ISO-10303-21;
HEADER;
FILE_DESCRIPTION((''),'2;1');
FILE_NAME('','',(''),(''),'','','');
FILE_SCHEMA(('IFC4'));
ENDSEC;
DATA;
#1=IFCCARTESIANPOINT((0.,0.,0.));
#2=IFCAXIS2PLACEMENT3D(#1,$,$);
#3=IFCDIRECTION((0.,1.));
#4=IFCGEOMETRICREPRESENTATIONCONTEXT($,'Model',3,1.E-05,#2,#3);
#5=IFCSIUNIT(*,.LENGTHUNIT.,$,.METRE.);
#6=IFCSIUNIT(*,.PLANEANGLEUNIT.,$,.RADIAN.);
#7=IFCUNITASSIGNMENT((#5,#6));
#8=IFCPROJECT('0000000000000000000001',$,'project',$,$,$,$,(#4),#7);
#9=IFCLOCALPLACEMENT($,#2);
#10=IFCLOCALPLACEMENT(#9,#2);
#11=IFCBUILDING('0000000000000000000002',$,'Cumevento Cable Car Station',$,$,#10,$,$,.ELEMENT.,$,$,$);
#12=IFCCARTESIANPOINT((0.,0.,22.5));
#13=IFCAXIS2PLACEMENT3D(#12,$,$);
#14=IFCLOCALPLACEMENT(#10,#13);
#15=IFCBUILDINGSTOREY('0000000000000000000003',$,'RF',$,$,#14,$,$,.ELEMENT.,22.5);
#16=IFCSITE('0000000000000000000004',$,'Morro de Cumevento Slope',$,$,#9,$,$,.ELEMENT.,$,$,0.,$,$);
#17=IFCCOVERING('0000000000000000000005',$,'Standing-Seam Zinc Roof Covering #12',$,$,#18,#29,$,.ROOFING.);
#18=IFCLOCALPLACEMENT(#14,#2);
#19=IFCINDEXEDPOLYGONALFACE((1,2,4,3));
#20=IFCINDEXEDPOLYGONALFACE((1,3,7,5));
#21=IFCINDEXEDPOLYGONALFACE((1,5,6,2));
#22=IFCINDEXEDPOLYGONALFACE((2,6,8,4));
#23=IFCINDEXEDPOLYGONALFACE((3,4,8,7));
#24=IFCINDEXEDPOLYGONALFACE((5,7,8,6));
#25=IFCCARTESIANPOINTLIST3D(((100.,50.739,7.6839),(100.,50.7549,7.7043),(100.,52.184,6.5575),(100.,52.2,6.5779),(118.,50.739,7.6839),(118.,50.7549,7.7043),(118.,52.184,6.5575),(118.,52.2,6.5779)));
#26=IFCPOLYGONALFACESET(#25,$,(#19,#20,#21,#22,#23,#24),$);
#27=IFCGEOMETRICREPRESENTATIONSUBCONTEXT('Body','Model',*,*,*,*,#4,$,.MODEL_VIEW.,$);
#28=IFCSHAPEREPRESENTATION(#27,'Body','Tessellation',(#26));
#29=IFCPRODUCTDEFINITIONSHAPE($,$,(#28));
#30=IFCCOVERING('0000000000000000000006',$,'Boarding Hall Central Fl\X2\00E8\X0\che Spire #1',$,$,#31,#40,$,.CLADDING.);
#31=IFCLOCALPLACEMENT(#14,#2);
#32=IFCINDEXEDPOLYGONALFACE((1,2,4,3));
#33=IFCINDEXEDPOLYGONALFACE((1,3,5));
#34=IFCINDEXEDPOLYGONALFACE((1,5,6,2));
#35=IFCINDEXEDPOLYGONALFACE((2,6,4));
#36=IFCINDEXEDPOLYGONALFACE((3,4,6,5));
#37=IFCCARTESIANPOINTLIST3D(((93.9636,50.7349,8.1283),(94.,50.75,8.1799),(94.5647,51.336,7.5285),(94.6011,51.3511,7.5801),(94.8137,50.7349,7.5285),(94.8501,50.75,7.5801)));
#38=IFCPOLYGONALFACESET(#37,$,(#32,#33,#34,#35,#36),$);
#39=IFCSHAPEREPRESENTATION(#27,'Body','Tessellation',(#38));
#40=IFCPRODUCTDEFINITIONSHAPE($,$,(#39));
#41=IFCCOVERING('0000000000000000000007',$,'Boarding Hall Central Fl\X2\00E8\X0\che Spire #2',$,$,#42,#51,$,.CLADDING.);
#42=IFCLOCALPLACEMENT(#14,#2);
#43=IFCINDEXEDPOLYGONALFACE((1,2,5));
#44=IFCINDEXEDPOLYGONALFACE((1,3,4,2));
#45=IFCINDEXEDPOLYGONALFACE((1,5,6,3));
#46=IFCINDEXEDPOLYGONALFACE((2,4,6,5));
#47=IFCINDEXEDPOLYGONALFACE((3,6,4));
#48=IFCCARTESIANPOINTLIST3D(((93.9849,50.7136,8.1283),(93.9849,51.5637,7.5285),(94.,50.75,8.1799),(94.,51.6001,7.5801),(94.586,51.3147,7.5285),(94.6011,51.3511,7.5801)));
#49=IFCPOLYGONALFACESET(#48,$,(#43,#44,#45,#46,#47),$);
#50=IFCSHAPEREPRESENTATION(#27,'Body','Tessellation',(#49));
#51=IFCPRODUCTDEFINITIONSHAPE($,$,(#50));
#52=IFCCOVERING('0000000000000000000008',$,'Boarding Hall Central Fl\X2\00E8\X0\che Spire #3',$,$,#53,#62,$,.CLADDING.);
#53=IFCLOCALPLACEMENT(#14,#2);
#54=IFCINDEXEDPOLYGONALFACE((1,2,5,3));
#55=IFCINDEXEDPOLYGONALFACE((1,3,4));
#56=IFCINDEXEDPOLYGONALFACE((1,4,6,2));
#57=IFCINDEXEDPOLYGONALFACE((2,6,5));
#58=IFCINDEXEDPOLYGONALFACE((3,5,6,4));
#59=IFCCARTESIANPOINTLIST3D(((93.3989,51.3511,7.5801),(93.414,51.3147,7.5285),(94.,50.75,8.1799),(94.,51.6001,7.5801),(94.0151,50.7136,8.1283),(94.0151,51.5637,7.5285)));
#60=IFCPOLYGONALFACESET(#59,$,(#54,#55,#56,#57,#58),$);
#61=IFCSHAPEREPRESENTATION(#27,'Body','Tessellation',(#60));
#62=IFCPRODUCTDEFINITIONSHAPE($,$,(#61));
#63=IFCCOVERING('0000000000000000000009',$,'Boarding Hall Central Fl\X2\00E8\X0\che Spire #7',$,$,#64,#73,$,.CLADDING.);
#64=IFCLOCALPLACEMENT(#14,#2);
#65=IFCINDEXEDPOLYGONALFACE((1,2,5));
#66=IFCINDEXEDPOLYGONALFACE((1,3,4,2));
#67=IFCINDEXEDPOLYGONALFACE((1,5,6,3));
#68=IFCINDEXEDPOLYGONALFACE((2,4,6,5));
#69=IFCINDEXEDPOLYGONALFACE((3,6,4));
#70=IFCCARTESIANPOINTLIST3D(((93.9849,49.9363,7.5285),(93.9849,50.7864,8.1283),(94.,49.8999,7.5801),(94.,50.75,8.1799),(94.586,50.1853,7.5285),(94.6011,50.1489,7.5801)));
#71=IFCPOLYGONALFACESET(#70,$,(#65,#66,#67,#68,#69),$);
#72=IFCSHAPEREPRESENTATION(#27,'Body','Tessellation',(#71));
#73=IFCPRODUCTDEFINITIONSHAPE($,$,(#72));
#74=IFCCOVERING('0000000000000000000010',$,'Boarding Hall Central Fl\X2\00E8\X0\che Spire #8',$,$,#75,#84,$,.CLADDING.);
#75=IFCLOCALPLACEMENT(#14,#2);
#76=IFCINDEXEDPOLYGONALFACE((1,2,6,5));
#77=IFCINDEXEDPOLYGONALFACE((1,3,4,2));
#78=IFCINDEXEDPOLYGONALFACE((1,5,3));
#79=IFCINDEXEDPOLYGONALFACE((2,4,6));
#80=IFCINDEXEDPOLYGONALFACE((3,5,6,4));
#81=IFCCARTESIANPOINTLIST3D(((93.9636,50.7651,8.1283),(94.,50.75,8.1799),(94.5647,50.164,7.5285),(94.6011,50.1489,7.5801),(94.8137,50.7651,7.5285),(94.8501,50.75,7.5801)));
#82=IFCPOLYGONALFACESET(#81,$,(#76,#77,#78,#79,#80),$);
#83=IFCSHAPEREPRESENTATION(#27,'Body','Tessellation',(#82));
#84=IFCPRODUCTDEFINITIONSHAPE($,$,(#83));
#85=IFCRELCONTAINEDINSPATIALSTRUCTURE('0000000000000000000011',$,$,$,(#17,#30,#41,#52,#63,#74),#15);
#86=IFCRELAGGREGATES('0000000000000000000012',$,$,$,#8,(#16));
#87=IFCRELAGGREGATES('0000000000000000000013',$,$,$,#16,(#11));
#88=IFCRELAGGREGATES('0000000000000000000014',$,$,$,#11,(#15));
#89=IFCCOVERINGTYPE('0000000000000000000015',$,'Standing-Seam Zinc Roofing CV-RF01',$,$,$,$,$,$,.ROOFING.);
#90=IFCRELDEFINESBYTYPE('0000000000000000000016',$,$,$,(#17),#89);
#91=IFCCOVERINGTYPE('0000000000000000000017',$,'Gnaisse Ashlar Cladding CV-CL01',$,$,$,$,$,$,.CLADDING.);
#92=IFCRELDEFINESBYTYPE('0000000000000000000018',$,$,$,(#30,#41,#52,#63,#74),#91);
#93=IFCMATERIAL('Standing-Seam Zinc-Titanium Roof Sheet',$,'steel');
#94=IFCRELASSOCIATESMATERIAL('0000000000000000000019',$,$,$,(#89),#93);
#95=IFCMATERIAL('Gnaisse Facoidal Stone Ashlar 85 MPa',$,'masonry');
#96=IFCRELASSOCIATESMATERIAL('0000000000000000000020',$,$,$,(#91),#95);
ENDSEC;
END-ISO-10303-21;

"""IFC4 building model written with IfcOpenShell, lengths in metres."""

from ifc_helpers import new_model, si_unit, direction, frame, origin, place, context, subcontext, project, spatial, polyline, outline, extrude, material, type_object, element, save


model = new_model("IFC4")

# Units and contexts
model_context = context("Model", 3, precision=1e-05, world=origin(), true_north=direction((0.0, 1.0)))
body_context = subcontext(model_context, "Body", "Model", "MODEL_VIEW")
ifc_project = project(units=[si_unit("LENGTHUNIT", "METRE"), si_unit("PLANEANGLEUNIT", "RADIAN")], contexts=[model_context])

# Site, building, storey
site_placement = place(None, origin())
site = spatial("IfcSite", under=ifc_project, at=site_placement, Name="Morro de Cumevento Slope", CompositionType="ELEMENT", RefElevation=0.0)
building_placement = place(site_placement, origin())
building = spatial("IfcBuilding", under=site, at=building_placement, Name="Cumevento Cable Car Station", CompositionType="ELEMENT")
storey_placement = place(building_placement, frame((0.0, 0.0, 22.5)))
storey = spatial("IfcBuildingStorey", under=building, at=storey_placement, Name="RF", CompositionType="ELEMENT", Elevation=22.5)

# Coverings
ifc_material_1 = material(Name="Standing-Seam Zinc-Titanium Roof Sheet", Category="steel")
covering_type_1 = type_object("IfcCoveringType", Name="Standing-Seam Zinc Roofing CV-RF01", PredefinedType="ROOFING", material=ifc_material_1)
covering_1_placement = place(storey_placement, frame((100.0, 50.7549, 7.7043), z_axis=(0.0, 0.614798, 0.788684), x_axis=(1.0, 0.0, 0.0)))
element("IfcCovering", 1, at=covering_1_placement, inside=storey, type_object=covering_type_1, Name="Standing-Seam Zinc Roof Covering #12", PredefinedType="ROOFING", context=body_context, shape_type="SweptSolid", body=[
    extrude(outline(polyline([(0.0, 0.0), (18.0, 0.0), (18.0, 1.8323), (0.0, 1.8323), (0.0, 0.0)])), origin(), (0.0, 0.0, -1.0), 0.0259),
])
ifc_material_2 = material(Name="Gnaisse Facoidal Stone Ashlar 85 MPa", Category="masonry")
covering_type_2 = type_object("IfcCoveringType", Name="Gnaisse Ashlar Cladding CV-CL01", PredefinedType="CLADDING", material=ifc_material_2)
covering_2_placement = place(storey_placement, frame((94.8501, 50.75, 7.5801), z_axis=(0.56077, 0.232325, 0.794709), x_axis=(-0.382749, 0.923852, 0.0)))
element("IfcCovering", 2, at=covering_2_placement, inside=storey, type_object=covering_type_2, Name="Boarding Hall Central Flèche Spire #1", PredefinedType="CLADDING", context=body_context, shape_type="SweptSolid", body=[
    extrude(outline(polyline([(0.0, 0.0), (0.6506, 0.0), (0.3254, 0.9882), (0.0, 0.0)])), origin(), (0.0, 0.0, -1.0), 0.0649),
])
covering_3_placement = place(storey_placement, frame((94.6011, 51.3511, 7.5801), z_axis=(0.232325, 0.56077, 0.794709), x_axis=(-0.923852, 0.382749, 0.0)))
element("IfcCovering", 3, at=covering_3_placement, inside=storey, type_object=covering_type_2, Name="Boarding Hall Central Flèche Spire #2", PredefinedType="CLADDING", context=body_context, shape_type="SweptSolid", body=[
    extrude(outline(polyline([(0.0, 0.0), (0.6506, 0.0), (0.3252, 0.9882), (0.0, 0.0)])), origin(), (0.0, 0.0, -1.0), 0.0649),
])
for number, where, z_axis, x_axis, name in (
    (4, (94.0, 51.6001, 7.5801), (-0.232325, 0.56077, 0.794709), (-0.923852, -0.382749, 0.0), "Boarding Hall Central Flèche Spire #3"),
    (5, (94.0, 49.8999, 7.5801), (0.232325, -0.56077, 0.794709), (0.923852, 0.382749, 0.0), "Boarding Hall Central Flèche Spire #7"),
):
    element("IfcCovering", number, at=place(storey_placement, frame(where, z_axis=z_axis, x_axis=x_axis)), inside=storey, type_object=covering_type_2, Name=name, PredefinedType="CLADDING", context=body_context, shape_type="SweptSolid", body=[
        extrude(outline(polyline([(0.0, 0.0), (0.6506, 0.0), (0.3254, 0.9882), (0.0, 0.0)])), origin(), (0.0, 0.0, -1.0), 0.0649),
    ])
covering_4_placement = place(storey_placement, frame((94.6011, 50.1489, 7.5801), z_axis=(0.56077, -0.232325, 0.794709), x_axis=(0.382749, 0.923852, 0.0)))
element("IfcCovering", 6, at=covering_4_placement, inside=storey, type_object=covering_type_2, Name="Boarding Hall Central Flèche Spire #8", PredefinedType="CLADDING", context=body_context, shape_type="SweptSolid", body=[
    extrude(outline(polyline([(0.0, 0.0), (0.6506, 0.0), (0.3252, 0.9882), (0.0, 0.0)])), origin(), (0.0, 0.0, -1.0), 0.0649),
])

save(model, "model.ifc")
